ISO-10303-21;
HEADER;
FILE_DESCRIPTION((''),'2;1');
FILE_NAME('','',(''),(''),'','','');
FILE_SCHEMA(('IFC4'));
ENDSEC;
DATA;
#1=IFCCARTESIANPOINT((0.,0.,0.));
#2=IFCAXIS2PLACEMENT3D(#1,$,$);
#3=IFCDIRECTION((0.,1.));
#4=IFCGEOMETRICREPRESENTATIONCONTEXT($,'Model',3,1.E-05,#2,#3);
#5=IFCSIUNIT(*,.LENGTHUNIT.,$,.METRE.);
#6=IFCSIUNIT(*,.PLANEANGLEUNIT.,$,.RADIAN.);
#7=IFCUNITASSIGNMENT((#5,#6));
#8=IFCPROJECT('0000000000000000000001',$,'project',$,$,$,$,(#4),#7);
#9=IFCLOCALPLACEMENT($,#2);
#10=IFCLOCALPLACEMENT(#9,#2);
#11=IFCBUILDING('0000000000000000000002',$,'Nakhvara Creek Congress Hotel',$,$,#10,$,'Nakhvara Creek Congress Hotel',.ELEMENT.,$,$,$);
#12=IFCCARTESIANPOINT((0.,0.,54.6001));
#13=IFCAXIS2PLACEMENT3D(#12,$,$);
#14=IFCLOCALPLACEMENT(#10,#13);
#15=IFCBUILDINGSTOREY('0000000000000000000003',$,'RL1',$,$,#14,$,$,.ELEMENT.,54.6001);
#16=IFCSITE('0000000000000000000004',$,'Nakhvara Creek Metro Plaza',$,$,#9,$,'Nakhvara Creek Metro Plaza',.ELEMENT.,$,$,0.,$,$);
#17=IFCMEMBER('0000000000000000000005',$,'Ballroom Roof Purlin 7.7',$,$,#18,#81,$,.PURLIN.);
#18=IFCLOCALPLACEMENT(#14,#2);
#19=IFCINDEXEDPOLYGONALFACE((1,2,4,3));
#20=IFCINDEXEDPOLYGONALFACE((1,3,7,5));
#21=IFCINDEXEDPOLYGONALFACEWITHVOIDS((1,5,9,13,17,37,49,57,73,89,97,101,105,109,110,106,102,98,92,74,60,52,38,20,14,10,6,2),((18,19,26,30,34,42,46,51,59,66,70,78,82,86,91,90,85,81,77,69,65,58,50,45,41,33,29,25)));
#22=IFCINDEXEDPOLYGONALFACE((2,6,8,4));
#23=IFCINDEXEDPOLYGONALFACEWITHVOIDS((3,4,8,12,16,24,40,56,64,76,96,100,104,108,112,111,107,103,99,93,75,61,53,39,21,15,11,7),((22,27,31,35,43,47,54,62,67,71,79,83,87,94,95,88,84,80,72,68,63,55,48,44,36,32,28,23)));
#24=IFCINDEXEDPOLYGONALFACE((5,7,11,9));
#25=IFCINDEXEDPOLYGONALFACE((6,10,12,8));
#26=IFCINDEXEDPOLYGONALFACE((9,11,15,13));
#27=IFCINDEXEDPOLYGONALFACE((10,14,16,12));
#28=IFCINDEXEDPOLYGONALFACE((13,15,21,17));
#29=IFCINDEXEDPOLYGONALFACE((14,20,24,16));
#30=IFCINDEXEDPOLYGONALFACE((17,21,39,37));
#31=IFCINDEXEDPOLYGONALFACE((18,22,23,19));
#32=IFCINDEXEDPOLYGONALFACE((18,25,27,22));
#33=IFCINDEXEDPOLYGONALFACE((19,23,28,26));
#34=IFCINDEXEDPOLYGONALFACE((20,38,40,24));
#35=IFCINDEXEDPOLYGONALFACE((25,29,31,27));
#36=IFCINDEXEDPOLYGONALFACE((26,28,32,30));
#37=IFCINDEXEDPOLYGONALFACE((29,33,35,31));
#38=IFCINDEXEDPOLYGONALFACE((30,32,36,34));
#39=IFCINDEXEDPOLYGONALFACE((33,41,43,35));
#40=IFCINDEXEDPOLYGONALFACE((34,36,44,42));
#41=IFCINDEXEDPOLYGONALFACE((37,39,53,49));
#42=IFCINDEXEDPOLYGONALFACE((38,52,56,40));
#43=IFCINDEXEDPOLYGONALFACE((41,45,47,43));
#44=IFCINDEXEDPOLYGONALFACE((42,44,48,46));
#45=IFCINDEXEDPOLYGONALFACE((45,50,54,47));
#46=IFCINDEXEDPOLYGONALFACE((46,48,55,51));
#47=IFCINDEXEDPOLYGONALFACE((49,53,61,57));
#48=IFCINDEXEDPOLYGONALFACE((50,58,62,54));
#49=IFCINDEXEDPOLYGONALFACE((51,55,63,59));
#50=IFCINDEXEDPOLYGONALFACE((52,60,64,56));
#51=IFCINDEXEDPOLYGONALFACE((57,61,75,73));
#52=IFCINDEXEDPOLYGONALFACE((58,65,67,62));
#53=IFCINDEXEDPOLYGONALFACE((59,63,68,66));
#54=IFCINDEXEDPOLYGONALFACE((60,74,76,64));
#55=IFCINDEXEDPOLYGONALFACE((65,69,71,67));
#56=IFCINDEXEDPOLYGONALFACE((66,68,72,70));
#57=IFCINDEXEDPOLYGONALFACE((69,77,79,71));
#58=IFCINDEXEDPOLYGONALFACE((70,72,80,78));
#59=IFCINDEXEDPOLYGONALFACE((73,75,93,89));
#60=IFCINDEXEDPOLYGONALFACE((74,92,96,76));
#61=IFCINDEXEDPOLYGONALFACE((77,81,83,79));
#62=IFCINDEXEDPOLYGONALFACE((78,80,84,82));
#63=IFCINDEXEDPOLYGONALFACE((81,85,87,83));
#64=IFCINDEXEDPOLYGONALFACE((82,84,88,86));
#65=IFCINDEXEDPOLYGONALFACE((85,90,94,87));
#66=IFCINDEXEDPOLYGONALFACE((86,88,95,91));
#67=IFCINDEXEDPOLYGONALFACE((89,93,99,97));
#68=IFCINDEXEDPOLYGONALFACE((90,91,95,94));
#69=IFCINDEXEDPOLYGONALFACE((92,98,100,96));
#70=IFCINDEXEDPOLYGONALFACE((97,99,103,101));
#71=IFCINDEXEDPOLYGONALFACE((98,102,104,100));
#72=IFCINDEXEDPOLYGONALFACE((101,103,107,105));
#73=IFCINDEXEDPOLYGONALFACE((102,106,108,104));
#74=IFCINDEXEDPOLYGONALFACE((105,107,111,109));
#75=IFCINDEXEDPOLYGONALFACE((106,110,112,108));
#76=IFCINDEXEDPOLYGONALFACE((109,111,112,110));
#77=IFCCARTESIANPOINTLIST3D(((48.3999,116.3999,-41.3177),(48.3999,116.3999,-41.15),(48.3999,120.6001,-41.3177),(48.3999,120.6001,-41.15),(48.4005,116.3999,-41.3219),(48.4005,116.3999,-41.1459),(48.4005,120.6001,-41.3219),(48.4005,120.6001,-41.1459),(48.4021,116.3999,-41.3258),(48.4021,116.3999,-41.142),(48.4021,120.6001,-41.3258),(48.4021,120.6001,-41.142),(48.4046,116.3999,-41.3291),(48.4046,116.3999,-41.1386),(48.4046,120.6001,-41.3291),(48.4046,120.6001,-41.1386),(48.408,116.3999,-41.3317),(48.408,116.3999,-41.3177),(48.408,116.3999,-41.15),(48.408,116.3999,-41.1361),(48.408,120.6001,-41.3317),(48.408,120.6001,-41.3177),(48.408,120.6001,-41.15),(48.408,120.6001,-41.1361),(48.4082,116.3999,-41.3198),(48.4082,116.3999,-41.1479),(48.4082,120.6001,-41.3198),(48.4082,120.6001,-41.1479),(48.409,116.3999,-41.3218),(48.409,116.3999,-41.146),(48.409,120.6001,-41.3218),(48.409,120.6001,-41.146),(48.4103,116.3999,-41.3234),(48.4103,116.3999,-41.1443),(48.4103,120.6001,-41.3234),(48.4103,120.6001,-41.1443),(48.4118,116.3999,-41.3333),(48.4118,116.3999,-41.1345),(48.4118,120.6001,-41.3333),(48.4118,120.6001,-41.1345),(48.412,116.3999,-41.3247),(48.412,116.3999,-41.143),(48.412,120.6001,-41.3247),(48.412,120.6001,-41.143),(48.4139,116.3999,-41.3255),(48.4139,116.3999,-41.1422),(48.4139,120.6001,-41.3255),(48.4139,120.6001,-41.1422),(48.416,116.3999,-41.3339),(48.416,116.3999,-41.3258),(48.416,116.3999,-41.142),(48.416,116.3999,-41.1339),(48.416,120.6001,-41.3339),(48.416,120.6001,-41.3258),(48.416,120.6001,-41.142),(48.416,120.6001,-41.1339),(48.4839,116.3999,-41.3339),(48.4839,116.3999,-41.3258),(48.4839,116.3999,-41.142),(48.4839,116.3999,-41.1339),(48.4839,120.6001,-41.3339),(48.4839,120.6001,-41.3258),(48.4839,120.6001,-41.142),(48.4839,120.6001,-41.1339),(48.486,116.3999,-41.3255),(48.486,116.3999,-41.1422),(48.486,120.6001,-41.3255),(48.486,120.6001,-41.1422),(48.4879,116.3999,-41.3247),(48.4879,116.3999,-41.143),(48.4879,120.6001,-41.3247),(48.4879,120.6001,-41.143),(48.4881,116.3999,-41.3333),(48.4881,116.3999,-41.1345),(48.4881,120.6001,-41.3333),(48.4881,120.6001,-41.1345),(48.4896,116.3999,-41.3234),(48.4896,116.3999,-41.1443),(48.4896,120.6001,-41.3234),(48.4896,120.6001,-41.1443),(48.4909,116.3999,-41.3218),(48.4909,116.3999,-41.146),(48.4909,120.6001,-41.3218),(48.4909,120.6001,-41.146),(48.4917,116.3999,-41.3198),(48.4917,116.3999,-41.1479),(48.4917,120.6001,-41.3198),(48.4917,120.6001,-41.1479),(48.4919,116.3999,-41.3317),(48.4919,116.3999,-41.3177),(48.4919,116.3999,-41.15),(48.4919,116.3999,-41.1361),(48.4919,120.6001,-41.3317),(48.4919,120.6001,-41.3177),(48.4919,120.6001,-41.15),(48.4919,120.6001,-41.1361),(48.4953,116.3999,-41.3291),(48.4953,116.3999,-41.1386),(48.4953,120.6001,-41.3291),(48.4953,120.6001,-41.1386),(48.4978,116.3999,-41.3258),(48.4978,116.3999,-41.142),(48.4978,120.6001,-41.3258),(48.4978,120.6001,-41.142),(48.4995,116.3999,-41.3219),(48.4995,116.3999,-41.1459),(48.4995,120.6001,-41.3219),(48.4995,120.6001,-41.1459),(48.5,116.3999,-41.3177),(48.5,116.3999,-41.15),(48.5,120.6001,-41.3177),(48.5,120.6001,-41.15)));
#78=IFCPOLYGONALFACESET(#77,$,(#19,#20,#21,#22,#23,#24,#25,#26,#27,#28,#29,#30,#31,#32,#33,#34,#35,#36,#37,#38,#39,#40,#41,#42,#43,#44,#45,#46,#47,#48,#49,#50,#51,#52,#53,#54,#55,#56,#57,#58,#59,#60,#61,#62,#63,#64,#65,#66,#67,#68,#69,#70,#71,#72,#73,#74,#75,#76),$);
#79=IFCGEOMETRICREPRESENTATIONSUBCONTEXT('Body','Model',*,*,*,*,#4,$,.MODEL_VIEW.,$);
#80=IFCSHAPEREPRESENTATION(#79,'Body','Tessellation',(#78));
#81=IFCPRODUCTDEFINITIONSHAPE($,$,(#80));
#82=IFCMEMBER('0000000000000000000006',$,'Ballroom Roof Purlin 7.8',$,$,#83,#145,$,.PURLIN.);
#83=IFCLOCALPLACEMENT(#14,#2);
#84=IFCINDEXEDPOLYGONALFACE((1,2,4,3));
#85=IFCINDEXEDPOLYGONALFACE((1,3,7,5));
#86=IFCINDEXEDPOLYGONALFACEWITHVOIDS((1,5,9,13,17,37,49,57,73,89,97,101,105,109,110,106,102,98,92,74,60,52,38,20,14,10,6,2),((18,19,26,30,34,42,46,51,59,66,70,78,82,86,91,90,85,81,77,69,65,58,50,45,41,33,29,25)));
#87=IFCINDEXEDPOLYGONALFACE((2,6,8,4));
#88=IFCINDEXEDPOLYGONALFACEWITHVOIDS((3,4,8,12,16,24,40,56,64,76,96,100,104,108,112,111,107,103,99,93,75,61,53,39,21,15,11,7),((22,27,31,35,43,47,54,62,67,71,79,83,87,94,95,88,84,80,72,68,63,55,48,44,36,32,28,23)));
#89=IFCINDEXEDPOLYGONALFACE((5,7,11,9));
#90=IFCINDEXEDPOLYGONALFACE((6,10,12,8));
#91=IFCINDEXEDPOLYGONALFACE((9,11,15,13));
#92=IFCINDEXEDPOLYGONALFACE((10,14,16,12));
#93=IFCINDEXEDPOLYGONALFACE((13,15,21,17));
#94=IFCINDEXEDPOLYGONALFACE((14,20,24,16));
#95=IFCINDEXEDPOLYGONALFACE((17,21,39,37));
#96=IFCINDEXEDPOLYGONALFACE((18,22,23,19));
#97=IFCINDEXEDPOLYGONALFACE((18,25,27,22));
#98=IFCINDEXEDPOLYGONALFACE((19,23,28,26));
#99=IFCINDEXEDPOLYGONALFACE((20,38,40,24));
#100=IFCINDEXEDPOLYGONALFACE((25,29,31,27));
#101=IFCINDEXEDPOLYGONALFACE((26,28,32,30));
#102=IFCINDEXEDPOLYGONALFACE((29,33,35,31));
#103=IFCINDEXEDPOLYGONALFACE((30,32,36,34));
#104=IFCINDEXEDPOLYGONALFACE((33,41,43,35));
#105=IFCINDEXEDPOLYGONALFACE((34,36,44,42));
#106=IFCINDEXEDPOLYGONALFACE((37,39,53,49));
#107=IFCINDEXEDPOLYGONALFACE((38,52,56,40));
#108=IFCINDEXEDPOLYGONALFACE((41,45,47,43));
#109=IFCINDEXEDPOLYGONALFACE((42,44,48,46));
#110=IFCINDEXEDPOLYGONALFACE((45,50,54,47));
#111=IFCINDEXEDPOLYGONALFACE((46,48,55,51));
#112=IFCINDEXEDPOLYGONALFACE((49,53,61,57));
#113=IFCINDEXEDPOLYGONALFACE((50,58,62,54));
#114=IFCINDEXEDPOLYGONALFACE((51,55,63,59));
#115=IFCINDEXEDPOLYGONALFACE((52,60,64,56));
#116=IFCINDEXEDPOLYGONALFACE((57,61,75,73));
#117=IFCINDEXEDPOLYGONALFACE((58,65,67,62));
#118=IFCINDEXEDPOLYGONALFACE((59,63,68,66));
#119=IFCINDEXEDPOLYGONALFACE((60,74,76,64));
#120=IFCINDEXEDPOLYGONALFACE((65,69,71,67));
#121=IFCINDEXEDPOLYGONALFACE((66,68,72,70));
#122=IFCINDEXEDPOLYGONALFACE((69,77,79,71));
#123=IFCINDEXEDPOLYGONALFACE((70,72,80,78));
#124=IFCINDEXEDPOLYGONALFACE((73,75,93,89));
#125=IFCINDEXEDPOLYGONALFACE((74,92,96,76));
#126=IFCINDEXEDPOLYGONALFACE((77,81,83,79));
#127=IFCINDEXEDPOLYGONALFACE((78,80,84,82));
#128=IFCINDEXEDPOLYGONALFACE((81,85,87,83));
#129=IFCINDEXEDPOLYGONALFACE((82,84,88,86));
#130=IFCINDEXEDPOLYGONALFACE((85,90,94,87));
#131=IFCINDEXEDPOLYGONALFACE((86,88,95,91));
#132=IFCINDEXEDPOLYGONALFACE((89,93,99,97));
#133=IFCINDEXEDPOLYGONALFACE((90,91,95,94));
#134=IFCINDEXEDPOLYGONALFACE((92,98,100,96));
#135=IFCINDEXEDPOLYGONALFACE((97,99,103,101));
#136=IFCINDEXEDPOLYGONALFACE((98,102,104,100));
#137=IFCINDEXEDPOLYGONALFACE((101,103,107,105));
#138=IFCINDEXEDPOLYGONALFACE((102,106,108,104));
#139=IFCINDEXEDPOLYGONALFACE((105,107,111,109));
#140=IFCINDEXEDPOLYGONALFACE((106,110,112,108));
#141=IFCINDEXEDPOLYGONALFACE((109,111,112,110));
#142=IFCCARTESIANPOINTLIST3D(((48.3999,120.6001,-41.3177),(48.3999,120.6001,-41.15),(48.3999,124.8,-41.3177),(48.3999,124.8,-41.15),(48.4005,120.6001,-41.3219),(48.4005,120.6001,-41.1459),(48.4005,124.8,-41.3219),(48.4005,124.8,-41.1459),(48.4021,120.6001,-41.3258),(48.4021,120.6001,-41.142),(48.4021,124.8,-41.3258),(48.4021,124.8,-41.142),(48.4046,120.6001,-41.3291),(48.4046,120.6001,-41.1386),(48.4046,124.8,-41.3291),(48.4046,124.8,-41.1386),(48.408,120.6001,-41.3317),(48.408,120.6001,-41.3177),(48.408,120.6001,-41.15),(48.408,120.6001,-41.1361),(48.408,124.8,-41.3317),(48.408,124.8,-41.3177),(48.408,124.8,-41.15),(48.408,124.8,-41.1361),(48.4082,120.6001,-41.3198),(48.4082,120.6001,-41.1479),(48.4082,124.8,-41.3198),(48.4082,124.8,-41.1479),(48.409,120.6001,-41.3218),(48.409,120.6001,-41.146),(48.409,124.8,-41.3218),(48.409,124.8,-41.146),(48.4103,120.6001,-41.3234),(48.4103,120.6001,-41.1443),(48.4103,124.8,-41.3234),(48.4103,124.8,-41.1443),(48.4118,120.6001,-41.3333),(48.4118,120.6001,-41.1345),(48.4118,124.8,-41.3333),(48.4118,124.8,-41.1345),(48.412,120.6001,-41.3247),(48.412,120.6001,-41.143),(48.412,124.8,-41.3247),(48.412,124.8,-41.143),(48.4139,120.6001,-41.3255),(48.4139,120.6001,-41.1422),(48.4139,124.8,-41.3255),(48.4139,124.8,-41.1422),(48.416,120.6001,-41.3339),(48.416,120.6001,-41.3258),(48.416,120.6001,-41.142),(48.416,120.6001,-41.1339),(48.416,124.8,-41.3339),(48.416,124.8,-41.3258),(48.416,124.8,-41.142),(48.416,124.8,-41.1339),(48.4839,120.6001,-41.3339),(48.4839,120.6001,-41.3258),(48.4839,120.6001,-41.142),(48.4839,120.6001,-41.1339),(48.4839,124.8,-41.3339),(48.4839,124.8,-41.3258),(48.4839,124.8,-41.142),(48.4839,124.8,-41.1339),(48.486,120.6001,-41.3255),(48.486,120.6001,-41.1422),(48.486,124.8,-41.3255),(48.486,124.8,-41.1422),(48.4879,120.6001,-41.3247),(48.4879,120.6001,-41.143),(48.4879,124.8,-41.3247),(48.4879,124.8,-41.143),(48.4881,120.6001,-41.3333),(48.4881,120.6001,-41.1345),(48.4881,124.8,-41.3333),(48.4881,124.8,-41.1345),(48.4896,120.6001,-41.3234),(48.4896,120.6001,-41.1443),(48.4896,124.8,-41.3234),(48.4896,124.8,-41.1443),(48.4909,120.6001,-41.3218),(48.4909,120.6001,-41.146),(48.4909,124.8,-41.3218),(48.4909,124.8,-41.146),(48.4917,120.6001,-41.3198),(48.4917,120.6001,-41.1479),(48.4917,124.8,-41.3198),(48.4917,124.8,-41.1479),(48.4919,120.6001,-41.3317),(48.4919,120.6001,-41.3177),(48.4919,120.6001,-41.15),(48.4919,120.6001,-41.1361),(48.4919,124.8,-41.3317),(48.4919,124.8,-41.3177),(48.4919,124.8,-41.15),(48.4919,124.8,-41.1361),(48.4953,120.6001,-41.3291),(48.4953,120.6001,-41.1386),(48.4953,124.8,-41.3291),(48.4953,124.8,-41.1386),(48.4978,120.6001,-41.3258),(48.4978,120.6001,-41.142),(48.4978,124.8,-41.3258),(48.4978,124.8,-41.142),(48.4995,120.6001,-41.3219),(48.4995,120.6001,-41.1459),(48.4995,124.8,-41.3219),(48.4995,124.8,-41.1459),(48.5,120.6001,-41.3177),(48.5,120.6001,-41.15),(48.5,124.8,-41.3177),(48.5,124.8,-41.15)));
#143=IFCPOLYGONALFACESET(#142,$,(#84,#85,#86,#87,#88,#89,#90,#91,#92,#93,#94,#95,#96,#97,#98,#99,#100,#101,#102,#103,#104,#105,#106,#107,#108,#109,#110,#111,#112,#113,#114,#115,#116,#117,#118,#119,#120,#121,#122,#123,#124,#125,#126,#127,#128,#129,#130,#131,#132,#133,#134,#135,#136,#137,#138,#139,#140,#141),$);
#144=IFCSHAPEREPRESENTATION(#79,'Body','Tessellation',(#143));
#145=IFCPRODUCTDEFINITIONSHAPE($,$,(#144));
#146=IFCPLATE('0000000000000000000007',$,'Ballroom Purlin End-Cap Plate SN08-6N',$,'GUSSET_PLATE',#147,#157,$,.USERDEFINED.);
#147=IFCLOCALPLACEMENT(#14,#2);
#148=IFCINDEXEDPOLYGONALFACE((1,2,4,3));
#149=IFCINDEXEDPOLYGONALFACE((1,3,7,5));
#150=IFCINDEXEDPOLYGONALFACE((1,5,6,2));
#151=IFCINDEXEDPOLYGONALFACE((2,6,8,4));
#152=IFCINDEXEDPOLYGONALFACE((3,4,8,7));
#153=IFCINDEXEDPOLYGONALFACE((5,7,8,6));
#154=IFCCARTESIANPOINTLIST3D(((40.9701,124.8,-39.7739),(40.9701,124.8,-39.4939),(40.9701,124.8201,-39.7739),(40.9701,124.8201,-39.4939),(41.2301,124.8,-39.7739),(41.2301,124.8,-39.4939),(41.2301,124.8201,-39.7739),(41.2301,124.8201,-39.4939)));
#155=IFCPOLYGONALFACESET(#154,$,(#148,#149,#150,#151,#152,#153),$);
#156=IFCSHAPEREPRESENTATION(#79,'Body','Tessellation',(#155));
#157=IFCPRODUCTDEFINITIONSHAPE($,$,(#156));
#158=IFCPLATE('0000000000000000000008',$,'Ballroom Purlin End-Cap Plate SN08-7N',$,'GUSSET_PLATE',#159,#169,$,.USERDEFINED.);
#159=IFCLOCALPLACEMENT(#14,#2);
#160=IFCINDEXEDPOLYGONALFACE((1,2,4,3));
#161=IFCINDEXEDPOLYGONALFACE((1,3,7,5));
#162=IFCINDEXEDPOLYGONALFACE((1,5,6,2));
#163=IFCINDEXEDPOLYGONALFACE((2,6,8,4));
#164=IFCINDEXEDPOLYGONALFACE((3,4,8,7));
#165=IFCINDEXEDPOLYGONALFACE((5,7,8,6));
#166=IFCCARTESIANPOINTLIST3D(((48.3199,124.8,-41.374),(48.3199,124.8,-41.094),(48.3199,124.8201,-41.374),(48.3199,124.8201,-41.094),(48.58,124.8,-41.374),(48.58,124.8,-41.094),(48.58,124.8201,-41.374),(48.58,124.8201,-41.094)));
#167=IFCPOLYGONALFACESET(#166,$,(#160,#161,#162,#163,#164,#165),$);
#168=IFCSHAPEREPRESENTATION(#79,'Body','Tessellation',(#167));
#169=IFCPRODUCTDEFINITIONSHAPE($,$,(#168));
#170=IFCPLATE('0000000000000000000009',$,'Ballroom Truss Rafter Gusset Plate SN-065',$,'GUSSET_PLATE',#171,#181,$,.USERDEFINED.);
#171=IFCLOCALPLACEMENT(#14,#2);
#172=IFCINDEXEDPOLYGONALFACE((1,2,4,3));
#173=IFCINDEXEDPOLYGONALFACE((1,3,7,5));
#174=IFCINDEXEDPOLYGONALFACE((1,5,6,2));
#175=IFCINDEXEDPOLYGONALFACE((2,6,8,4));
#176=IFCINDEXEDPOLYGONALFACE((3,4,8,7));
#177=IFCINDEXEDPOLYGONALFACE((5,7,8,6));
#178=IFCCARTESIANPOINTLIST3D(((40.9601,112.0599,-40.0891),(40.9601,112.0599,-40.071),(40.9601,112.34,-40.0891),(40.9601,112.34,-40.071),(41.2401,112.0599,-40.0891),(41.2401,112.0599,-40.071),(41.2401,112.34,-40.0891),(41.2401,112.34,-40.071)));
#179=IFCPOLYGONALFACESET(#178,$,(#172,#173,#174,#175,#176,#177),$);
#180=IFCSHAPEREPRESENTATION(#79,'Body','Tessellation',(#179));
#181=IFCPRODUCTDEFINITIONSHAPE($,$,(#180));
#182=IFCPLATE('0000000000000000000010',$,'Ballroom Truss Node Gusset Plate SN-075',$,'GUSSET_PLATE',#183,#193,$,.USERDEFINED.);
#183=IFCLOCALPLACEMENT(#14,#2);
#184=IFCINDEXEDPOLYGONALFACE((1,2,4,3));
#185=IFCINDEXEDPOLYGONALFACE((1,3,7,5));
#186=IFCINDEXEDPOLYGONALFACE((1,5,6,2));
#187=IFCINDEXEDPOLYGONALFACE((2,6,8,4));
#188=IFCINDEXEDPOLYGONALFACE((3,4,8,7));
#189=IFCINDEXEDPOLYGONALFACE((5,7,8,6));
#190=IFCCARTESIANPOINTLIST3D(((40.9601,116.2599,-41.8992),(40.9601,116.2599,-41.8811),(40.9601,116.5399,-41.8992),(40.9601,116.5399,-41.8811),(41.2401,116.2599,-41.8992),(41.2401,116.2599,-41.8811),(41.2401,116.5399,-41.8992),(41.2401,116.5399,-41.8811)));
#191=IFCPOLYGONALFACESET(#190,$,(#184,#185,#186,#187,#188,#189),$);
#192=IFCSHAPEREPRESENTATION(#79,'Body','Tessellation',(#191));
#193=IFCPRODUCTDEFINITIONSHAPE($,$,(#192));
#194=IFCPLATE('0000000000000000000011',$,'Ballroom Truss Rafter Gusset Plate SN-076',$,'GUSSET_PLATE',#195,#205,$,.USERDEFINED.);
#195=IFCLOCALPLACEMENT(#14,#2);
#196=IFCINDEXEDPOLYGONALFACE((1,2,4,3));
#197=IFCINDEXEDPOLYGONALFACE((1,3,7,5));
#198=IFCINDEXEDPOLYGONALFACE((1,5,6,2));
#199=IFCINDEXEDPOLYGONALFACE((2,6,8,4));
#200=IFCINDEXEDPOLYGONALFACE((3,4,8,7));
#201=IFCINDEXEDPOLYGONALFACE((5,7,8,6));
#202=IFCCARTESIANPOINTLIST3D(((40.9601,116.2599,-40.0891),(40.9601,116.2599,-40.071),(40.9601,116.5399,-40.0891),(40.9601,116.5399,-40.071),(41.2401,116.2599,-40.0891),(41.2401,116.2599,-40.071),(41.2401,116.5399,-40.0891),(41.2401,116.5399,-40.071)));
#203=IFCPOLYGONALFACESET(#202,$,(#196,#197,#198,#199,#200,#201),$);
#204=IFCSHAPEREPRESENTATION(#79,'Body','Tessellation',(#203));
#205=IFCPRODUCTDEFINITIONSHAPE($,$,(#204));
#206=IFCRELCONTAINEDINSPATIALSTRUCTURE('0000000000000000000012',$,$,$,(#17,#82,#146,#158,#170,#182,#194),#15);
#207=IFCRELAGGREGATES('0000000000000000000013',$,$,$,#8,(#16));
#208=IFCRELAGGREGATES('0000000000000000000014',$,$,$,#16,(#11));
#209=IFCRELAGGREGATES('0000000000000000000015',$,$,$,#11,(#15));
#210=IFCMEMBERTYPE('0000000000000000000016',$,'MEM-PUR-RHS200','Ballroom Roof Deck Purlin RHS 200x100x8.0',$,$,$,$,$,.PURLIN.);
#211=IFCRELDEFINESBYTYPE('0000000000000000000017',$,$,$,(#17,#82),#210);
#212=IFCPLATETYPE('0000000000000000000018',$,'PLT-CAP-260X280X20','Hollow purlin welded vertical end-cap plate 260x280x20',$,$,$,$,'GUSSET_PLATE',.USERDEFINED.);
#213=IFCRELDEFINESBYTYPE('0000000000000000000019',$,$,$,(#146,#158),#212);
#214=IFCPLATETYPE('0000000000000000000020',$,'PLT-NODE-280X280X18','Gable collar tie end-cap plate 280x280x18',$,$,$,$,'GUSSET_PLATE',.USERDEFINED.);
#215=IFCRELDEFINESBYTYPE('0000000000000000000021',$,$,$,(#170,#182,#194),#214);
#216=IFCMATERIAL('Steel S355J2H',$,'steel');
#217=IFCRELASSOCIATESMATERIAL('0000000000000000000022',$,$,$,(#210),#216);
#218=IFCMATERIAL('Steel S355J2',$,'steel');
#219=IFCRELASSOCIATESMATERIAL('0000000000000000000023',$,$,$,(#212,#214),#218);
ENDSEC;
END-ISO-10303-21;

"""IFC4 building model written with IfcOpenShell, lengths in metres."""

from ifc_helpers import new_model, si_unit, direction, frame, origin, origin_2d, place, context, subcontext, project, spatial, rectangle, hollow_rectangle, extrude, material, material_profile, profile_set, type_object, element, save


model = new_model("IFC4")

# Units and contexts
model_context = context("Model", 3, precision=1e-05, world=origin(), true_north=direction((0.0, 1.0)))
body_context = subcontext(model_context, "Body", "Model", "MODEL_VIEW")
ifc_project = project(units=[si_unit("LENGTHUNIT", "METRE"), si_unit("PLANEANGLEUNIT", "RADIAN")], contexts=[model_context])

# Site, building, storey
site_placement = place(None, origin())
site = spatial("IfcSite", under=ifc_project, at=site_placement, Name="Nakhvara Creek Metro Plaza", LongName="Nakhvara Creek Metro Plaza", CompositionType="ELEMENT", RefElevation=0.0)
building_placement = place(site_placement, origin())
building = spatial("IfcBuilding", under=site, at=building_placement, Name="Nakhvara Creek Congress Hotel", LongName="Nakhvara Creek Congress Hotel", CompositionType="ELEMENT")
storey_placement = place(building_placement, frame((0.0, 0.0, 54.6001)))
storey = spatial("IfcBuildingStorey", under=building, at=storey_placement, Name="RL1", CompositionType="ELEMENT", Elevation=54.6001)

# Members
ifc_material_1 = material(Name="Steel S355J2H", Category="steel")
ifc_material_profile_1 = material_profile(ifc_material_1, hollow_rectangle(XDim=0.1001, YDim=0.2, WallThickness=0.0081, InnerFilletRadius=0.0081, OuterFilletRadius=0.0161, at=origin_2d()), Name="RHS 200x100x8.0", Category="LoadBearing")
ifc_profile_set_1 = profile_set([ifc_material_profile_1], Name="Steel S355J2H")
member_type_1 = type_object("IfcMemberType", Name="MEM-PUR-RHS200", Description="Ballroom Roof Deck Purlin RHS 200x100x8.0", PredefinedType="PURLIN", material=ifc_profile_set_1)
member_1_placement = place(storey_placement, frame((48.45, 116.3999, -41.2339), z_axis=(0.0, 1.0, 0.0), x_axis=(-1.0, 0.0, 0.0)))
element("IfcMember", 1, at=member_1_placement, inside=storey, type_object=member_type_1, Name="Ballroom Roof Purlin 7.7", PredefinedType="PURLIN", context=body_context, shape_type="SweptSolid", body=[
    extrude(hollow_rectangle(XDim=0.1001, YDim=0.2, WallThickness=0.0081, InnerFilletRadius=0.0081, OuterFilletRadius=0.0161, at=origin_2d()), origin(), (0.0, 0.0, 1.0), 4.2002),
])
member_2_placement = place(storey_placement, frame((48.45, 120.6001, -41.2339), z_axis=(0.0, 1.0, 0.0), x_axis=(-1.0, 0.0, 0.0)))
element("IfcMember", 2, at=member_2_placement, inside=storey, type_object=member_type_1, Name="Ballroom Roof Purlin 7.8", PredefinedType="PURLIN", context=body_context, shape_type="SweptSolid", body=[
    extrude(hollow_rectangle(XDim=0.1001, YDim=0.2, WallThickness=0.0081, InnerFilletRadius=0.0081, OuterFilletRadius=0.0161, at=origin_2d()), origin(), (0.0, 0.0, 1.0), 4.2),
])

# Plates
ifc_material_2 = material(Name="Steel S355J2", Category="steel")
plate_type_1 = type_object("IfcPlateType", Name="PLT-CAP-260X280X20", Description="Hollow purlin welded vertical end-cap plate 260x280x20", ElementType="GUSSET_PLATE", PredefinedType="USERDEFINED", material=ifc_material_2)
for number, where, z_axis, x_axis, name in (
    (3, (41.1001, 124.8101, -39.7739), (0.0, 0.0, 1.0), (1.0, 0.0, 0.0), "Ballroom Purlin End-Cap Plate SN08-6N"),
    (4, (48.45, 124.8101, -41.374), (0.0, 0.0, 1.0), (1.0, 0.0, 0.0), "Ballroom Purlin End-Cap Plate SN08-7N"),
):
    element("IfcPlate", number, at=place(storey_placement, frame(where, z_axis=z_axis, x_axis=x_axis)), inside=storey, type_object=plate_type_1, Name=name, ObjectType="GUSSET_PLATE", PredefinedType="USERDEFINED", context=body_context, shape_type="SweptSolid", body=[
        extrude(rectangle(XDim=0.26, YDim=0.02, at=origin_2d()), origin(), (0.0, 0.0, 1.0), 0.28),
    ])
plate_type_2 = type_object("IfcPlateType", Name="PLT-NODE-280X280X18", Description="Gable collar tie end-cap plate 280x280x18", ElementType="GUSSET_PLATE", PredefinedType="USERDEFINED", material=ifc_material_2)
for number, where, z_axis, x_axis, name in (
    (5, (41.1001, 112.2, -40.0891), (0.0, 0.0, 1.0), (1.0, 0.0, 0.0), "Ballroom Truss Rafter Gusset Plate SN-065"),
    (6, (41.1001, 116.3999, -41.8992), (0.0, 0.0, 1.0), (1.0, 0.0, 0.0), "Ballroom Truss Node Gusset Plate SN-075"),
    (7, (41.1001, 116.3999, -40.0891), (0.0, 0.0, 1.0), (1.0, 0.0, 0.0), "Ballroom Truss Rafter Gusset Plate SN-076"),
):
    element("IfcPlate", number, at=place(storey_placement, frame(where, z_axis=z_axis, x_axis=x_axis)), inside=storey, type_object=plate_type_2, Name=name, ObjectType="GUSSET_PLATE", PredefinedType="USERDEFINED", context=body_context, shape_type="SweptSolid", body=[
        extrude(rectangle(XDim=0.28, YDim=0.28, at=origin_2d()), origin(), (0.0, 0.0, 1.0), 0.0181),
    ])

save(model, "model.ifc")
